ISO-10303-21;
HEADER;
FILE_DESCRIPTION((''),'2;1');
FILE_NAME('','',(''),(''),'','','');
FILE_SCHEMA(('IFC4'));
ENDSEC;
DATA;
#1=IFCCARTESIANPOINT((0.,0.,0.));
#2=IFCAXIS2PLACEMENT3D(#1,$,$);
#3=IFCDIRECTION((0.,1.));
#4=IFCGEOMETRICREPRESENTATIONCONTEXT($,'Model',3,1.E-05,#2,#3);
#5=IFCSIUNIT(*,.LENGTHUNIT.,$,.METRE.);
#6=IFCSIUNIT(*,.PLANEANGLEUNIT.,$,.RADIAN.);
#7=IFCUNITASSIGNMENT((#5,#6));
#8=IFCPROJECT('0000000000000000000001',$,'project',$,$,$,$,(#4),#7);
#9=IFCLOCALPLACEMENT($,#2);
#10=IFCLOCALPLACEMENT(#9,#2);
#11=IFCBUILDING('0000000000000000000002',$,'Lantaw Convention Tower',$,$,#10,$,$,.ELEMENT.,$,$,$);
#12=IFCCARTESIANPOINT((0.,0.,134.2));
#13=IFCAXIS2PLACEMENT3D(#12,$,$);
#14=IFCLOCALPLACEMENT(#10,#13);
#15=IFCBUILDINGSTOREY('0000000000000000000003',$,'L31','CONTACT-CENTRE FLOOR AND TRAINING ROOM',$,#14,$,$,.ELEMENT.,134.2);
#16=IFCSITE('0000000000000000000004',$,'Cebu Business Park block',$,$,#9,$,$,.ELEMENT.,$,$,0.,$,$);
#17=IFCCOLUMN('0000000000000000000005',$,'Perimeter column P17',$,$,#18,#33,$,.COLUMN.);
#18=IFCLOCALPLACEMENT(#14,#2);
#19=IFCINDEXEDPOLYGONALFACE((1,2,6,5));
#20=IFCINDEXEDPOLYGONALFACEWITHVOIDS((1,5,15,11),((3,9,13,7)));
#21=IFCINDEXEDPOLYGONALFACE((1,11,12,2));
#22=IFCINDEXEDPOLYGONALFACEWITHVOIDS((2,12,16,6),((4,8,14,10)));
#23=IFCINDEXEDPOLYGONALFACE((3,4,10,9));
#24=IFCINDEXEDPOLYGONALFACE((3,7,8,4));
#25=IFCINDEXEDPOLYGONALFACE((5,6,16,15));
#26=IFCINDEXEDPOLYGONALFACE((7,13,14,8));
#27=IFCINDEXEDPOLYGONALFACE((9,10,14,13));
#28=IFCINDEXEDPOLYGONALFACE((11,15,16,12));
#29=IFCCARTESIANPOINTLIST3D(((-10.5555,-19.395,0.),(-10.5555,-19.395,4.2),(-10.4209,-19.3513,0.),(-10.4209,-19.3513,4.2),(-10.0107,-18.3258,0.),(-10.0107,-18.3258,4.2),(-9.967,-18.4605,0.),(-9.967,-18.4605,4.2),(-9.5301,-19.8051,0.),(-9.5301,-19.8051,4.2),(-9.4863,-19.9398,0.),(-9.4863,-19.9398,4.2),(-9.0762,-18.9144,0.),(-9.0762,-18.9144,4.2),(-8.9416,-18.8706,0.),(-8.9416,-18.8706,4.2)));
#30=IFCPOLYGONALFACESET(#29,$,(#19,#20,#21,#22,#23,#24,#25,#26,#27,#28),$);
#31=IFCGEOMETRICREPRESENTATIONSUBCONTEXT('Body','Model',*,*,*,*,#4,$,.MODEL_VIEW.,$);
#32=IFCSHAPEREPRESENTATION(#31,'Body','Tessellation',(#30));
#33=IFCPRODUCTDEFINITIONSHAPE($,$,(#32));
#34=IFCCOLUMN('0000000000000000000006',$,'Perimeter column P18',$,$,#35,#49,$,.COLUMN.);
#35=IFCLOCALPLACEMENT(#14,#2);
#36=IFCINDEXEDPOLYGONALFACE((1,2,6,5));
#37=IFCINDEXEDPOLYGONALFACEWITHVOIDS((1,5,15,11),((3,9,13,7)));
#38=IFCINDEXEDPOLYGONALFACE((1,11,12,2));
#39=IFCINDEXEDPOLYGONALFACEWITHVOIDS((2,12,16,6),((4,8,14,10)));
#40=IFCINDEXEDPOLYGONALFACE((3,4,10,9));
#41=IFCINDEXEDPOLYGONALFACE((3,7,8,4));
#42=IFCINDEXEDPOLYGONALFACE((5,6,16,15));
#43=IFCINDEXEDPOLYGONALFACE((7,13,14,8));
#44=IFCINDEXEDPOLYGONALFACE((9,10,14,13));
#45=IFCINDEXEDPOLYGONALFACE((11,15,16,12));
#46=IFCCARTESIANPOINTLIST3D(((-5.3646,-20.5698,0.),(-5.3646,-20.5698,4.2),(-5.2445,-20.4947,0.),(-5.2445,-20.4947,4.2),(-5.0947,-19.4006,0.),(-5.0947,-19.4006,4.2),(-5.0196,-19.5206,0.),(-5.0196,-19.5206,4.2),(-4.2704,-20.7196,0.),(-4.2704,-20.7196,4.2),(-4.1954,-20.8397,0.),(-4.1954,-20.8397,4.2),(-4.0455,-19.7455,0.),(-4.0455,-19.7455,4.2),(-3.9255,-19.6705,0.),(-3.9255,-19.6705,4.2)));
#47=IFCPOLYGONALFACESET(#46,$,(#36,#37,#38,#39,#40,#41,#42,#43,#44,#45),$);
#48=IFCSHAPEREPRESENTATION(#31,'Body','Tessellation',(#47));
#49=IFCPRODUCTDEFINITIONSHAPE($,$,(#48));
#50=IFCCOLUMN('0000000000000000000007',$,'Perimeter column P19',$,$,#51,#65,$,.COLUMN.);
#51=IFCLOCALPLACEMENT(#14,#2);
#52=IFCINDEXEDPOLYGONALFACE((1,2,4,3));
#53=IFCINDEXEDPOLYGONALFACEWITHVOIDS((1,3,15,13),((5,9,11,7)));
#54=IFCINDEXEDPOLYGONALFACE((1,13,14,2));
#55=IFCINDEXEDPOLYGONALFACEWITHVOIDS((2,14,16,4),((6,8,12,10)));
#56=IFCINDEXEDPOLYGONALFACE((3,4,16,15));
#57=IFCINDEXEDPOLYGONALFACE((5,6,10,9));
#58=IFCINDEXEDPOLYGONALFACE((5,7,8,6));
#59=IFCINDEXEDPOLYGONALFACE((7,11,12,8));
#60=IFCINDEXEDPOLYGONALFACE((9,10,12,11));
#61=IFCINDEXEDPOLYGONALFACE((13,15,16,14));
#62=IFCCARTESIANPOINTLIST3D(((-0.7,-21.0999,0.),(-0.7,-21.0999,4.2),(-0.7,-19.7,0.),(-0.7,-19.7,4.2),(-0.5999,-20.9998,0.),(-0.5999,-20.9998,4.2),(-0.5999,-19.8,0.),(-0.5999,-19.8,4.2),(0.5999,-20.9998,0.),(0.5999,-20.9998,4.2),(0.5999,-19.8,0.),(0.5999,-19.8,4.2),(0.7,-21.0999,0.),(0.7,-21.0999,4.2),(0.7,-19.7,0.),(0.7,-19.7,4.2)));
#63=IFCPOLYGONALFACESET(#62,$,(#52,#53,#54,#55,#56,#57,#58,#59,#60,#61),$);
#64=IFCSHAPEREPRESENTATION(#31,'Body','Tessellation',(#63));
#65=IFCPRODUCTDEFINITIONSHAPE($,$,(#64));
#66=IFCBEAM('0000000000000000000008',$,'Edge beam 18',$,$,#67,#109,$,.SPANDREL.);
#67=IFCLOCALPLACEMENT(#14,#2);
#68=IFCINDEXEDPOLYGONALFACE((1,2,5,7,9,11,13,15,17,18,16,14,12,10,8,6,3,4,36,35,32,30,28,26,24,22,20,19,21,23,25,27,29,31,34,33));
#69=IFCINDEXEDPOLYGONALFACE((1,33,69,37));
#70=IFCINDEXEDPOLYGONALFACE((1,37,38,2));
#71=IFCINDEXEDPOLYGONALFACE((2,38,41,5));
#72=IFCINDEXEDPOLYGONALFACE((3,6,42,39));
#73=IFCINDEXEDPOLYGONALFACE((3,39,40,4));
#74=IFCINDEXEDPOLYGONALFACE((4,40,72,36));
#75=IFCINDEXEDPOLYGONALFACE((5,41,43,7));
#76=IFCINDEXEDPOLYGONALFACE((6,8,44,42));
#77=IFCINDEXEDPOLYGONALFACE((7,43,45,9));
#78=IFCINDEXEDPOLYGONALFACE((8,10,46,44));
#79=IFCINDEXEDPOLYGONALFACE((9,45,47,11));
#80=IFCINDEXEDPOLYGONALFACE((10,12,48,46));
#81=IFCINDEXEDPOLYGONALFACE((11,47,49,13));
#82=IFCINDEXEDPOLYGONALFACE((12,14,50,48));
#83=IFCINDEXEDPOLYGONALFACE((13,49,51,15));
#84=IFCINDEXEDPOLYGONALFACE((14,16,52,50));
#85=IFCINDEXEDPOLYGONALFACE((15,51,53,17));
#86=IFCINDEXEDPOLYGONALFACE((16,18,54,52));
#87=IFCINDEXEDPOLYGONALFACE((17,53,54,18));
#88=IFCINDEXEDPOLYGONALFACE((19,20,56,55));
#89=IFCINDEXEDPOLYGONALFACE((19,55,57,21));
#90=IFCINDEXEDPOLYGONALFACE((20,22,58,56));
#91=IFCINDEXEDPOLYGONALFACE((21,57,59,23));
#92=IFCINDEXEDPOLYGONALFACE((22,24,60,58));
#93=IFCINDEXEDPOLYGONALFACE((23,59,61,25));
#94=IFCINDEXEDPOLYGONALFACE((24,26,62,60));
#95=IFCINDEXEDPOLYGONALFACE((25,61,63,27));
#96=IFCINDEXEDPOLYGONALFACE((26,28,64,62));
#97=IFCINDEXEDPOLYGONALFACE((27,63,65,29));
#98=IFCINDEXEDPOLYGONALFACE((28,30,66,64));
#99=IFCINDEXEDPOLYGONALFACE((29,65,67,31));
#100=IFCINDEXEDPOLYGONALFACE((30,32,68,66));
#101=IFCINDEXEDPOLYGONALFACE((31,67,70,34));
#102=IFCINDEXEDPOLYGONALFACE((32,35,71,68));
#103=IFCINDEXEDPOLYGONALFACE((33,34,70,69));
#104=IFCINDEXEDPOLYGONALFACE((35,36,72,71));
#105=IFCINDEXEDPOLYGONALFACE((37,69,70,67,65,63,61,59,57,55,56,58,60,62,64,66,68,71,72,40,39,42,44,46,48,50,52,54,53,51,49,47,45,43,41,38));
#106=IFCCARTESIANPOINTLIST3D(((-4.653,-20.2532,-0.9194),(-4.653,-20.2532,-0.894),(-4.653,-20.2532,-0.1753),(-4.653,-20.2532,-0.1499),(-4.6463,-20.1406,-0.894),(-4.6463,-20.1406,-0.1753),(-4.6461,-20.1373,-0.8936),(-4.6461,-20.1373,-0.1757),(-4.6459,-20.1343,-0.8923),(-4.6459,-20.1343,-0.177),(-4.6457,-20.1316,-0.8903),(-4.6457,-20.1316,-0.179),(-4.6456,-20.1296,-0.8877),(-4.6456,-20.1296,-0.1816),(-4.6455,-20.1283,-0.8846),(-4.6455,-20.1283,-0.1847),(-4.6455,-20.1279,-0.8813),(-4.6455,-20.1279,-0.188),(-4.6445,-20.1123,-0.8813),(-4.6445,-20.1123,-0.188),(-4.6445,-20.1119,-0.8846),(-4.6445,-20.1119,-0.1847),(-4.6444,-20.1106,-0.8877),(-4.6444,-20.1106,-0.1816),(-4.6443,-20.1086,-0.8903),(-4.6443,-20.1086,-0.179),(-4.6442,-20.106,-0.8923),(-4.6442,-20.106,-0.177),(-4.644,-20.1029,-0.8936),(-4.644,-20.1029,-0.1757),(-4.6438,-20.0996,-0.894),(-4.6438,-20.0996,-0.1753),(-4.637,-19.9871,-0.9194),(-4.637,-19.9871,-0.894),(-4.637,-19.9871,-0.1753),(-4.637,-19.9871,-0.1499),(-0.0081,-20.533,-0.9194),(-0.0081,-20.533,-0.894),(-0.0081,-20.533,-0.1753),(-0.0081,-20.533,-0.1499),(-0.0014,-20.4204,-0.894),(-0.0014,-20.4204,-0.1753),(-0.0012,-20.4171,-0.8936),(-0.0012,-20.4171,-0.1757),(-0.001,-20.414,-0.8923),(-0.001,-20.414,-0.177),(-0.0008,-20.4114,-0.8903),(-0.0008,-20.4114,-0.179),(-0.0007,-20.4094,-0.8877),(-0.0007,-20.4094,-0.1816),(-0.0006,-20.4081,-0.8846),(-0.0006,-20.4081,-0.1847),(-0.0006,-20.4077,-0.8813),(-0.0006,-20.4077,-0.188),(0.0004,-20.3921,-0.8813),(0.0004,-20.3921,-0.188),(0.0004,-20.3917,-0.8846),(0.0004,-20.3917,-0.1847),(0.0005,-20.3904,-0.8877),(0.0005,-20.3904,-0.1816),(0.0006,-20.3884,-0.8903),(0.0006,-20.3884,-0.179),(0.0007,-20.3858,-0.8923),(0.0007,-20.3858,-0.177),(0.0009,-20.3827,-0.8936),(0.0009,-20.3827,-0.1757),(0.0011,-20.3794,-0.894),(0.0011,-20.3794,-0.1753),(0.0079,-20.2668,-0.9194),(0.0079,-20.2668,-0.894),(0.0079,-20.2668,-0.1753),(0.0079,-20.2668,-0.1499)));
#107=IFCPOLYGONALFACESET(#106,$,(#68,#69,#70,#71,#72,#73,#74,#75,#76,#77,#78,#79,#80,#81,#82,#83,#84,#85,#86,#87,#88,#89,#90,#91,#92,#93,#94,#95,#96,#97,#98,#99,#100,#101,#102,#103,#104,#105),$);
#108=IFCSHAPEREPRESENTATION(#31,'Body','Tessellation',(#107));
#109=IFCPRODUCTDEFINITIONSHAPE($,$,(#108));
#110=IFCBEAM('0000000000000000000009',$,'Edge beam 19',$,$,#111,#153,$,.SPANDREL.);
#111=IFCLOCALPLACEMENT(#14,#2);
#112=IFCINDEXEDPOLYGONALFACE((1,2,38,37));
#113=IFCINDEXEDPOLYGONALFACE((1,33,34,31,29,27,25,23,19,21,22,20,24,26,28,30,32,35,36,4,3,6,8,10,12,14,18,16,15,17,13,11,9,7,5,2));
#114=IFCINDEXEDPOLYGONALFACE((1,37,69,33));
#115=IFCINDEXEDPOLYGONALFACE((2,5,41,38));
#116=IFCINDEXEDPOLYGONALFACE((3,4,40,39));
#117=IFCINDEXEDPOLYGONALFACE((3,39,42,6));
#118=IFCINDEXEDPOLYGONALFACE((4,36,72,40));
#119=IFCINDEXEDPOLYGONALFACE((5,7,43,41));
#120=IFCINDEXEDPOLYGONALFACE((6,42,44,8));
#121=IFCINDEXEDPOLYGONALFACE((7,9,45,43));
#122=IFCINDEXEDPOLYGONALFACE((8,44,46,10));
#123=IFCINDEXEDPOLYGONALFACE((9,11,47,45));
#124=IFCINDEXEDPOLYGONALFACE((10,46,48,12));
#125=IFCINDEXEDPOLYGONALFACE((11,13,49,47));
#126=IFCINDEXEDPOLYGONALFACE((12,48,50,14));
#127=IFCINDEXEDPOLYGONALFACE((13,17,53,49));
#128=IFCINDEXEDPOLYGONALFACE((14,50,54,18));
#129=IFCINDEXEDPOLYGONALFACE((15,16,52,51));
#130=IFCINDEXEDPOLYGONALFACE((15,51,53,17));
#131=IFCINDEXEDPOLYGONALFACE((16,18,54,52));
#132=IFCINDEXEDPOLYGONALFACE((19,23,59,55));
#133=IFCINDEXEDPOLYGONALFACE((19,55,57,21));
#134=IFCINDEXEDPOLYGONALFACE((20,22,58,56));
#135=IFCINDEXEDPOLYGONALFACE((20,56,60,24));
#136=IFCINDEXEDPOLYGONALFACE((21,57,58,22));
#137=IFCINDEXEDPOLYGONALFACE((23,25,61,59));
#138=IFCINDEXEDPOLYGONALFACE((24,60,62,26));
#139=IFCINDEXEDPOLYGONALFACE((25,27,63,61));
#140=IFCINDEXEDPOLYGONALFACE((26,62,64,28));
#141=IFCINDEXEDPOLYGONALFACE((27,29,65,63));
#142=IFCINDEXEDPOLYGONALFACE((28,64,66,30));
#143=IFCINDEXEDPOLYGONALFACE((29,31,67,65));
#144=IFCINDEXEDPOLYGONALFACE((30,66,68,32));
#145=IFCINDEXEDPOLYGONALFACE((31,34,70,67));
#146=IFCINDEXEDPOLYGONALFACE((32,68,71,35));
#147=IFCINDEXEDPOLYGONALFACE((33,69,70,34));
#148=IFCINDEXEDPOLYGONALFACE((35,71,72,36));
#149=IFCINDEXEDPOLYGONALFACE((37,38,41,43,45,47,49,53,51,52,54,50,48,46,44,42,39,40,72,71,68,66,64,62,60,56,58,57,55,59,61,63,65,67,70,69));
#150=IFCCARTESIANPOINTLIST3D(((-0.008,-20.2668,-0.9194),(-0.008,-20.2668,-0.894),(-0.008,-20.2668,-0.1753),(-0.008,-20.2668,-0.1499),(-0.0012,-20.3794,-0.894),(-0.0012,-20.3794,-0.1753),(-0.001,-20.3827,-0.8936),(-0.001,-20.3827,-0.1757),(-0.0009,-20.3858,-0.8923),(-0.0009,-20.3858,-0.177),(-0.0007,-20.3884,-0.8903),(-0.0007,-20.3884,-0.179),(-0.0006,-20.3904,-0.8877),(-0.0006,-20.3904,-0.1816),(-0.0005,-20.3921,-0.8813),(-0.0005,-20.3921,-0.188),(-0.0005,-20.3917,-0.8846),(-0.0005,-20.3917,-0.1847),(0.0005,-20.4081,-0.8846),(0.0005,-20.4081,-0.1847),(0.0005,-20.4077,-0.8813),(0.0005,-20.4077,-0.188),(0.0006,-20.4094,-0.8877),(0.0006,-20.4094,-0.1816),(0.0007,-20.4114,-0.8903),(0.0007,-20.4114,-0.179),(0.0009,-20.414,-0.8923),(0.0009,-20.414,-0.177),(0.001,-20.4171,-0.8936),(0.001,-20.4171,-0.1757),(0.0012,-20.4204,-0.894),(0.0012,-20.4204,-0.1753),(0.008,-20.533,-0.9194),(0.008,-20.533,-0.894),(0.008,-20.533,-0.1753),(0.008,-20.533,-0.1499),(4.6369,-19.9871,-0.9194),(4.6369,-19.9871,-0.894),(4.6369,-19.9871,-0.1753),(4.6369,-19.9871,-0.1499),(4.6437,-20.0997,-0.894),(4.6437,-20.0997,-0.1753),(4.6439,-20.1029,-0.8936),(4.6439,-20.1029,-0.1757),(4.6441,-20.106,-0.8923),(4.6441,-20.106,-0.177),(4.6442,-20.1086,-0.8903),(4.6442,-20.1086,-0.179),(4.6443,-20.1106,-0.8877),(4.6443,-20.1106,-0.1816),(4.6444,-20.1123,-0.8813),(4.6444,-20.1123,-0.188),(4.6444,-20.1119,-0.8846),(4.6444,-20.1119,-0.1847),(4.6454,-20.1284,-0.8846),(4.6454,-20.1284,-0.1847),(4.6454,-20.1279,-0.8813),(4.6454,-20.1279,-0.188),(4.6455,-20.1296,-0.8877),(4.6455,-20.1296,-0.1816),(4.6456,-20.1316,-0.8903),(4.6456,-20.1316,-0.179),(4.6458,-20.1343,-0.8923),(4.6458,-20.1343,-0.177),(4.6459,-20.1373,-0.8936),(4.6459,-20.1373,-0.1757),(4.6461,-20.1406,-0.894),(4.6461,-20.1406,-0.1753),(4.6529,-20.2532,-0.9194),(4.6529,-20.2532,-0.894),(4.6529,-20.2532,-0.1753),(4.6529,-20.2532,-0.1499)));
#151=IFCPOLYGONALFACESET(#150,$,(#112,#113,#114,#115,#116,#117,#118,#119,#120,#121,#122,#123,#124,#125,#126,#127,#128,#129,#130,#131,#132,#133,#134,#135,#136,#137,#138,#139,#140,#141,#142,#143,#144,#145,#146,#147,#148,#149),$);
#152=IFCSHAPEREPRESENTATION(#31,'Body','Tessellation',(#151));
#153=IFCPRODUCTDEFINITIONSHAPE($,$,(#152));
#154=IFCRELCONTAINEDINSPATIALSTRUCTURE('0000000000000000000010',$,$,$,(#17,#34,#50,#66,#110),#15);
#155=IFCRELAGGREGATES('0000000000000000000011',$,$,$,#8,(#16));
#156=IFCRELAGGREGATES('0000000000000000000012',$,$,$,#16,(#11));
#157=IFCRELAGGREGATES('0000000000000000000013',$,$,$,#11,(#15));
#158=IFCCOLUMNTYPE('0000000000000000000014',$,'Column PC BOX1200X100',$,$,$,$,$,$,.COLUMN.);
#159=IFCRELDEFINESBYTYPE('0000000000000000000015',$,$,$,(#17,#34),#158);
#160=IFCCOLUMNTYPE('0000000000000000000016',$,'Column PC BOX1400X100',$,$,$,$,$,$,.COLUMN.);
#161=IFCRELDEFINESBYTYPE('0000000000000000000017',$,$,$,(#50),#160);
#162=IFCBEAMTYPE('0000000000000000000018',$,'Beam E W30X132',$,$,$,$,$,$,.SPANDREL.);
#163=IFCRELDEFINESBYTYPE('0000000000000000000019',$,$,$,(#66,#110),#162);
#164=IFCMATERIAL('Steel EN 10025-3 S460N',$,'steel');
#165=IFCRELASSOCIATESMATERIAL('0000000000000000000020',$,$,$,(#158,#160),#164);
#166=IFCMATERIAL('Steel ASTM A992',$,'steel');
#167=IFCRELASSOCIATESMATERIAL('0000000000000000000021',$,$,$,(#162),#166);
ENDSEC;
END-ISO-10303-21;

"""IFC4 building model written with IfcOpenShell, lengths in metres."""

from ifc_helpers import new_model, si_unit, direction, frame, origin, origin_2d, place, context, subcontext, project, spatial, rectangle, hollow_rectangle, i_section, extrude, material, material_profile, profile_set, type_object, element, save


model = new_model("IFC4")

# Units and contexts
model_context = context("Model", 3, precision=1e-05, world=origin(), true_north=direction((0.0, 1.0)))
body_context = subcontext(model_context, "Body", "Model", "MODEL_VIEW")
ifc_project = project(units=[si_unit("LENGTHUNIT", "METRE"), si_unit("PLANEANGLEUNIT", "RADIAN")], contexts=[model_context])

# Site, building, storey
site_placement = place(None, origin())
site = spatial("IfcSite", under=ifc_project, at=site_placement, Name="Cebu Business Park block", CompositionType="ELEMENT", RefElevation=0.0)
building_placement = place(site_placement, origin())
building = spatial("IfcBuilding", under=site, at=building_placement, Name="Lantaw Convention Tower", CompositionType="ELEMENT")
storey_placement = place(building_placement, frame((0.0, 0.0, 134.2)))
storey = spatial("IfcBuildingStorey", under=building, at=storey_placement, Name="L31", Description="CONTACT-CENTRE FLOOR AND TRAINING ROOM", CompositionType="ELEMENT", Elevation=134.2)

# Columns
ifc_material_1 = material(Name="Steel EN 10025-3 S460N", Category="steel")
ifc_material_profile_1 = material_profile(ifc_material_1, hollow_rectangle(XDim=1.2, YDim=1.2, WallThickness=0.1001, at=origin_2d()), Name="BOX1200X100")
ifc_material_2 = material(Name="Concrete C60/75", Category="concrete")
ifc_material_profile_2 = material_profile(ifc_material_2, rectangle(XDim=1.0, YDim=1.0, at=origin_2d()), Name="Concrete fill of BOX1200X100")
ifc_profile_set_1 = profile_set([ifc_material_profile_1, ifc_material_profile_2], Name="Steel EN 10025-3 S460N")
column_type_1 = type_object("IfcColumnType", Name="Column PC BOX1200X100", PredefinedType="COLUMN", material=ifc_profile_set_1)
for number, where, z_axis, x_axis, name in (
    (1, (-9.7485, -19.1328, 0.0), (0.0, 0.0, 1.0), (0.45399, 0.891007, 0.0), "Perimeter column P17"),
    (2, (-4.645, -20.1201, 0.0), (0.0, 0.0, 1.0), (0.224951, 0.97437, 0.0), "Perimeter column P18"),
):
    element("IfcColumn", number, at=place(storey_placement, frame(where, z_axis=z_axis, x_axis=x_axis)), inside=storey, type_object=column_type_1, Name=name, PredefinedType="COLUMN", context=body_context, shape_type="SweptSolid", body=[
        extrude(hollow_rectangle(XDim=1.2, YDim=1.2, WallThickness=0.1001, at=origin_2d()), origin(), (0.0, 0.0, 1.0), 4.2),
    ])
ifc_material_profile_3 = material_profile(ifc_material_1, hollow_rectangle(XDim=1.3999, YDim=1.3999, WallThickness=0.1001, at=origin_2d()), Name="BOX1400X100")
ifc_material_profile_4 = material_profile(ifc_material_2, rectangle(XDim=1.2, YDim=1.2, at=origin_2d()), Name="Concrete fill of BOX1400X100")
ifc_profile_set_2 = profile_set([ifc_material_profile_3, ifc_material_profile_4], Name="Steel EN 10025-3 S460N")
column_type_2 = type_object("IfcColumnType", Name="Column PC BOX1400X100", PredefinedType="COLUMN", material=ifc_profile_set_2)
column_placement = place(storey_placement, frame((0.0, -20.3999, 0.0), z_axis=(0.0, 0.0, 1.0), x_axis=(1.0, 0.0, 0.0)))
element("IfcColumn", 3, at=column_placement, inside=storey, type_object=column_type_2, Name="Perimeter column P19", PredefinedType="COLUMN", context=body_context, shape_type="SweptSolid", body=[
    extrude(hollow_rectangle(XDim=1.3999, YDim=1.3999, WallThickness=0.1001, at=origin_2d()), origin(), (0.0, 0.0, 1.0), 4.2),
])

# Beams
ifc_material_3 = material(Name="Steel ASTM A992", Category="steel")
ifc_material_profile_5 = material_profile(ifc_material_3, i_section(OverallWidth=0.2666, OverallDepth=0.7695, WebThickness=0.0156, FlangeThickness=0.0254, FilletRadius=0.0127, at=origin_2d()), Name="W30X132")
ifc_profile_set_3 = profile_set([ifc_material_profile_5], Name="Steel ASTM A992")
beam_type_1 = type_object("IfcBeamType", Name="Beam E W30X132", PredefinedType="SPANDREL", material=ifc_profile_set_3)
for number, where, z_axis, x_axis, name in (
    (4, (-4.645, -20.1201, -0.5347), (0.998191, -0.060124, 0.0), (0.060124, 0.998191, 0.0), "Edge beam 18"),
    (5, (0.0, -20.3999, -0.5347), (0.998191, 0.060124, 0.0), (-0.060124, 0.998191, 0.0), "Edge beam 19"),
):
    element("IfcBeam", number, at=place(storey_placement, frame(where, z_axis=z_axis, x_axis=x_axis)), inside=storey, type_object=beam_type_1, Name=name, PredefinedType="SPANDREL", context=body_context, shape_type="SweptSolid", body=[
        extrude(i_section(OverallWidth=0.2666, OverallDepth=0.7695, WebThickness=0.0156, FlangeThickness=0.0254, FilletRadius=0.0127, at=origin_2d()), origin(), (0.0, 0.0, 1.0), 4.6533),
    ])

save(model, "model.ifc")
